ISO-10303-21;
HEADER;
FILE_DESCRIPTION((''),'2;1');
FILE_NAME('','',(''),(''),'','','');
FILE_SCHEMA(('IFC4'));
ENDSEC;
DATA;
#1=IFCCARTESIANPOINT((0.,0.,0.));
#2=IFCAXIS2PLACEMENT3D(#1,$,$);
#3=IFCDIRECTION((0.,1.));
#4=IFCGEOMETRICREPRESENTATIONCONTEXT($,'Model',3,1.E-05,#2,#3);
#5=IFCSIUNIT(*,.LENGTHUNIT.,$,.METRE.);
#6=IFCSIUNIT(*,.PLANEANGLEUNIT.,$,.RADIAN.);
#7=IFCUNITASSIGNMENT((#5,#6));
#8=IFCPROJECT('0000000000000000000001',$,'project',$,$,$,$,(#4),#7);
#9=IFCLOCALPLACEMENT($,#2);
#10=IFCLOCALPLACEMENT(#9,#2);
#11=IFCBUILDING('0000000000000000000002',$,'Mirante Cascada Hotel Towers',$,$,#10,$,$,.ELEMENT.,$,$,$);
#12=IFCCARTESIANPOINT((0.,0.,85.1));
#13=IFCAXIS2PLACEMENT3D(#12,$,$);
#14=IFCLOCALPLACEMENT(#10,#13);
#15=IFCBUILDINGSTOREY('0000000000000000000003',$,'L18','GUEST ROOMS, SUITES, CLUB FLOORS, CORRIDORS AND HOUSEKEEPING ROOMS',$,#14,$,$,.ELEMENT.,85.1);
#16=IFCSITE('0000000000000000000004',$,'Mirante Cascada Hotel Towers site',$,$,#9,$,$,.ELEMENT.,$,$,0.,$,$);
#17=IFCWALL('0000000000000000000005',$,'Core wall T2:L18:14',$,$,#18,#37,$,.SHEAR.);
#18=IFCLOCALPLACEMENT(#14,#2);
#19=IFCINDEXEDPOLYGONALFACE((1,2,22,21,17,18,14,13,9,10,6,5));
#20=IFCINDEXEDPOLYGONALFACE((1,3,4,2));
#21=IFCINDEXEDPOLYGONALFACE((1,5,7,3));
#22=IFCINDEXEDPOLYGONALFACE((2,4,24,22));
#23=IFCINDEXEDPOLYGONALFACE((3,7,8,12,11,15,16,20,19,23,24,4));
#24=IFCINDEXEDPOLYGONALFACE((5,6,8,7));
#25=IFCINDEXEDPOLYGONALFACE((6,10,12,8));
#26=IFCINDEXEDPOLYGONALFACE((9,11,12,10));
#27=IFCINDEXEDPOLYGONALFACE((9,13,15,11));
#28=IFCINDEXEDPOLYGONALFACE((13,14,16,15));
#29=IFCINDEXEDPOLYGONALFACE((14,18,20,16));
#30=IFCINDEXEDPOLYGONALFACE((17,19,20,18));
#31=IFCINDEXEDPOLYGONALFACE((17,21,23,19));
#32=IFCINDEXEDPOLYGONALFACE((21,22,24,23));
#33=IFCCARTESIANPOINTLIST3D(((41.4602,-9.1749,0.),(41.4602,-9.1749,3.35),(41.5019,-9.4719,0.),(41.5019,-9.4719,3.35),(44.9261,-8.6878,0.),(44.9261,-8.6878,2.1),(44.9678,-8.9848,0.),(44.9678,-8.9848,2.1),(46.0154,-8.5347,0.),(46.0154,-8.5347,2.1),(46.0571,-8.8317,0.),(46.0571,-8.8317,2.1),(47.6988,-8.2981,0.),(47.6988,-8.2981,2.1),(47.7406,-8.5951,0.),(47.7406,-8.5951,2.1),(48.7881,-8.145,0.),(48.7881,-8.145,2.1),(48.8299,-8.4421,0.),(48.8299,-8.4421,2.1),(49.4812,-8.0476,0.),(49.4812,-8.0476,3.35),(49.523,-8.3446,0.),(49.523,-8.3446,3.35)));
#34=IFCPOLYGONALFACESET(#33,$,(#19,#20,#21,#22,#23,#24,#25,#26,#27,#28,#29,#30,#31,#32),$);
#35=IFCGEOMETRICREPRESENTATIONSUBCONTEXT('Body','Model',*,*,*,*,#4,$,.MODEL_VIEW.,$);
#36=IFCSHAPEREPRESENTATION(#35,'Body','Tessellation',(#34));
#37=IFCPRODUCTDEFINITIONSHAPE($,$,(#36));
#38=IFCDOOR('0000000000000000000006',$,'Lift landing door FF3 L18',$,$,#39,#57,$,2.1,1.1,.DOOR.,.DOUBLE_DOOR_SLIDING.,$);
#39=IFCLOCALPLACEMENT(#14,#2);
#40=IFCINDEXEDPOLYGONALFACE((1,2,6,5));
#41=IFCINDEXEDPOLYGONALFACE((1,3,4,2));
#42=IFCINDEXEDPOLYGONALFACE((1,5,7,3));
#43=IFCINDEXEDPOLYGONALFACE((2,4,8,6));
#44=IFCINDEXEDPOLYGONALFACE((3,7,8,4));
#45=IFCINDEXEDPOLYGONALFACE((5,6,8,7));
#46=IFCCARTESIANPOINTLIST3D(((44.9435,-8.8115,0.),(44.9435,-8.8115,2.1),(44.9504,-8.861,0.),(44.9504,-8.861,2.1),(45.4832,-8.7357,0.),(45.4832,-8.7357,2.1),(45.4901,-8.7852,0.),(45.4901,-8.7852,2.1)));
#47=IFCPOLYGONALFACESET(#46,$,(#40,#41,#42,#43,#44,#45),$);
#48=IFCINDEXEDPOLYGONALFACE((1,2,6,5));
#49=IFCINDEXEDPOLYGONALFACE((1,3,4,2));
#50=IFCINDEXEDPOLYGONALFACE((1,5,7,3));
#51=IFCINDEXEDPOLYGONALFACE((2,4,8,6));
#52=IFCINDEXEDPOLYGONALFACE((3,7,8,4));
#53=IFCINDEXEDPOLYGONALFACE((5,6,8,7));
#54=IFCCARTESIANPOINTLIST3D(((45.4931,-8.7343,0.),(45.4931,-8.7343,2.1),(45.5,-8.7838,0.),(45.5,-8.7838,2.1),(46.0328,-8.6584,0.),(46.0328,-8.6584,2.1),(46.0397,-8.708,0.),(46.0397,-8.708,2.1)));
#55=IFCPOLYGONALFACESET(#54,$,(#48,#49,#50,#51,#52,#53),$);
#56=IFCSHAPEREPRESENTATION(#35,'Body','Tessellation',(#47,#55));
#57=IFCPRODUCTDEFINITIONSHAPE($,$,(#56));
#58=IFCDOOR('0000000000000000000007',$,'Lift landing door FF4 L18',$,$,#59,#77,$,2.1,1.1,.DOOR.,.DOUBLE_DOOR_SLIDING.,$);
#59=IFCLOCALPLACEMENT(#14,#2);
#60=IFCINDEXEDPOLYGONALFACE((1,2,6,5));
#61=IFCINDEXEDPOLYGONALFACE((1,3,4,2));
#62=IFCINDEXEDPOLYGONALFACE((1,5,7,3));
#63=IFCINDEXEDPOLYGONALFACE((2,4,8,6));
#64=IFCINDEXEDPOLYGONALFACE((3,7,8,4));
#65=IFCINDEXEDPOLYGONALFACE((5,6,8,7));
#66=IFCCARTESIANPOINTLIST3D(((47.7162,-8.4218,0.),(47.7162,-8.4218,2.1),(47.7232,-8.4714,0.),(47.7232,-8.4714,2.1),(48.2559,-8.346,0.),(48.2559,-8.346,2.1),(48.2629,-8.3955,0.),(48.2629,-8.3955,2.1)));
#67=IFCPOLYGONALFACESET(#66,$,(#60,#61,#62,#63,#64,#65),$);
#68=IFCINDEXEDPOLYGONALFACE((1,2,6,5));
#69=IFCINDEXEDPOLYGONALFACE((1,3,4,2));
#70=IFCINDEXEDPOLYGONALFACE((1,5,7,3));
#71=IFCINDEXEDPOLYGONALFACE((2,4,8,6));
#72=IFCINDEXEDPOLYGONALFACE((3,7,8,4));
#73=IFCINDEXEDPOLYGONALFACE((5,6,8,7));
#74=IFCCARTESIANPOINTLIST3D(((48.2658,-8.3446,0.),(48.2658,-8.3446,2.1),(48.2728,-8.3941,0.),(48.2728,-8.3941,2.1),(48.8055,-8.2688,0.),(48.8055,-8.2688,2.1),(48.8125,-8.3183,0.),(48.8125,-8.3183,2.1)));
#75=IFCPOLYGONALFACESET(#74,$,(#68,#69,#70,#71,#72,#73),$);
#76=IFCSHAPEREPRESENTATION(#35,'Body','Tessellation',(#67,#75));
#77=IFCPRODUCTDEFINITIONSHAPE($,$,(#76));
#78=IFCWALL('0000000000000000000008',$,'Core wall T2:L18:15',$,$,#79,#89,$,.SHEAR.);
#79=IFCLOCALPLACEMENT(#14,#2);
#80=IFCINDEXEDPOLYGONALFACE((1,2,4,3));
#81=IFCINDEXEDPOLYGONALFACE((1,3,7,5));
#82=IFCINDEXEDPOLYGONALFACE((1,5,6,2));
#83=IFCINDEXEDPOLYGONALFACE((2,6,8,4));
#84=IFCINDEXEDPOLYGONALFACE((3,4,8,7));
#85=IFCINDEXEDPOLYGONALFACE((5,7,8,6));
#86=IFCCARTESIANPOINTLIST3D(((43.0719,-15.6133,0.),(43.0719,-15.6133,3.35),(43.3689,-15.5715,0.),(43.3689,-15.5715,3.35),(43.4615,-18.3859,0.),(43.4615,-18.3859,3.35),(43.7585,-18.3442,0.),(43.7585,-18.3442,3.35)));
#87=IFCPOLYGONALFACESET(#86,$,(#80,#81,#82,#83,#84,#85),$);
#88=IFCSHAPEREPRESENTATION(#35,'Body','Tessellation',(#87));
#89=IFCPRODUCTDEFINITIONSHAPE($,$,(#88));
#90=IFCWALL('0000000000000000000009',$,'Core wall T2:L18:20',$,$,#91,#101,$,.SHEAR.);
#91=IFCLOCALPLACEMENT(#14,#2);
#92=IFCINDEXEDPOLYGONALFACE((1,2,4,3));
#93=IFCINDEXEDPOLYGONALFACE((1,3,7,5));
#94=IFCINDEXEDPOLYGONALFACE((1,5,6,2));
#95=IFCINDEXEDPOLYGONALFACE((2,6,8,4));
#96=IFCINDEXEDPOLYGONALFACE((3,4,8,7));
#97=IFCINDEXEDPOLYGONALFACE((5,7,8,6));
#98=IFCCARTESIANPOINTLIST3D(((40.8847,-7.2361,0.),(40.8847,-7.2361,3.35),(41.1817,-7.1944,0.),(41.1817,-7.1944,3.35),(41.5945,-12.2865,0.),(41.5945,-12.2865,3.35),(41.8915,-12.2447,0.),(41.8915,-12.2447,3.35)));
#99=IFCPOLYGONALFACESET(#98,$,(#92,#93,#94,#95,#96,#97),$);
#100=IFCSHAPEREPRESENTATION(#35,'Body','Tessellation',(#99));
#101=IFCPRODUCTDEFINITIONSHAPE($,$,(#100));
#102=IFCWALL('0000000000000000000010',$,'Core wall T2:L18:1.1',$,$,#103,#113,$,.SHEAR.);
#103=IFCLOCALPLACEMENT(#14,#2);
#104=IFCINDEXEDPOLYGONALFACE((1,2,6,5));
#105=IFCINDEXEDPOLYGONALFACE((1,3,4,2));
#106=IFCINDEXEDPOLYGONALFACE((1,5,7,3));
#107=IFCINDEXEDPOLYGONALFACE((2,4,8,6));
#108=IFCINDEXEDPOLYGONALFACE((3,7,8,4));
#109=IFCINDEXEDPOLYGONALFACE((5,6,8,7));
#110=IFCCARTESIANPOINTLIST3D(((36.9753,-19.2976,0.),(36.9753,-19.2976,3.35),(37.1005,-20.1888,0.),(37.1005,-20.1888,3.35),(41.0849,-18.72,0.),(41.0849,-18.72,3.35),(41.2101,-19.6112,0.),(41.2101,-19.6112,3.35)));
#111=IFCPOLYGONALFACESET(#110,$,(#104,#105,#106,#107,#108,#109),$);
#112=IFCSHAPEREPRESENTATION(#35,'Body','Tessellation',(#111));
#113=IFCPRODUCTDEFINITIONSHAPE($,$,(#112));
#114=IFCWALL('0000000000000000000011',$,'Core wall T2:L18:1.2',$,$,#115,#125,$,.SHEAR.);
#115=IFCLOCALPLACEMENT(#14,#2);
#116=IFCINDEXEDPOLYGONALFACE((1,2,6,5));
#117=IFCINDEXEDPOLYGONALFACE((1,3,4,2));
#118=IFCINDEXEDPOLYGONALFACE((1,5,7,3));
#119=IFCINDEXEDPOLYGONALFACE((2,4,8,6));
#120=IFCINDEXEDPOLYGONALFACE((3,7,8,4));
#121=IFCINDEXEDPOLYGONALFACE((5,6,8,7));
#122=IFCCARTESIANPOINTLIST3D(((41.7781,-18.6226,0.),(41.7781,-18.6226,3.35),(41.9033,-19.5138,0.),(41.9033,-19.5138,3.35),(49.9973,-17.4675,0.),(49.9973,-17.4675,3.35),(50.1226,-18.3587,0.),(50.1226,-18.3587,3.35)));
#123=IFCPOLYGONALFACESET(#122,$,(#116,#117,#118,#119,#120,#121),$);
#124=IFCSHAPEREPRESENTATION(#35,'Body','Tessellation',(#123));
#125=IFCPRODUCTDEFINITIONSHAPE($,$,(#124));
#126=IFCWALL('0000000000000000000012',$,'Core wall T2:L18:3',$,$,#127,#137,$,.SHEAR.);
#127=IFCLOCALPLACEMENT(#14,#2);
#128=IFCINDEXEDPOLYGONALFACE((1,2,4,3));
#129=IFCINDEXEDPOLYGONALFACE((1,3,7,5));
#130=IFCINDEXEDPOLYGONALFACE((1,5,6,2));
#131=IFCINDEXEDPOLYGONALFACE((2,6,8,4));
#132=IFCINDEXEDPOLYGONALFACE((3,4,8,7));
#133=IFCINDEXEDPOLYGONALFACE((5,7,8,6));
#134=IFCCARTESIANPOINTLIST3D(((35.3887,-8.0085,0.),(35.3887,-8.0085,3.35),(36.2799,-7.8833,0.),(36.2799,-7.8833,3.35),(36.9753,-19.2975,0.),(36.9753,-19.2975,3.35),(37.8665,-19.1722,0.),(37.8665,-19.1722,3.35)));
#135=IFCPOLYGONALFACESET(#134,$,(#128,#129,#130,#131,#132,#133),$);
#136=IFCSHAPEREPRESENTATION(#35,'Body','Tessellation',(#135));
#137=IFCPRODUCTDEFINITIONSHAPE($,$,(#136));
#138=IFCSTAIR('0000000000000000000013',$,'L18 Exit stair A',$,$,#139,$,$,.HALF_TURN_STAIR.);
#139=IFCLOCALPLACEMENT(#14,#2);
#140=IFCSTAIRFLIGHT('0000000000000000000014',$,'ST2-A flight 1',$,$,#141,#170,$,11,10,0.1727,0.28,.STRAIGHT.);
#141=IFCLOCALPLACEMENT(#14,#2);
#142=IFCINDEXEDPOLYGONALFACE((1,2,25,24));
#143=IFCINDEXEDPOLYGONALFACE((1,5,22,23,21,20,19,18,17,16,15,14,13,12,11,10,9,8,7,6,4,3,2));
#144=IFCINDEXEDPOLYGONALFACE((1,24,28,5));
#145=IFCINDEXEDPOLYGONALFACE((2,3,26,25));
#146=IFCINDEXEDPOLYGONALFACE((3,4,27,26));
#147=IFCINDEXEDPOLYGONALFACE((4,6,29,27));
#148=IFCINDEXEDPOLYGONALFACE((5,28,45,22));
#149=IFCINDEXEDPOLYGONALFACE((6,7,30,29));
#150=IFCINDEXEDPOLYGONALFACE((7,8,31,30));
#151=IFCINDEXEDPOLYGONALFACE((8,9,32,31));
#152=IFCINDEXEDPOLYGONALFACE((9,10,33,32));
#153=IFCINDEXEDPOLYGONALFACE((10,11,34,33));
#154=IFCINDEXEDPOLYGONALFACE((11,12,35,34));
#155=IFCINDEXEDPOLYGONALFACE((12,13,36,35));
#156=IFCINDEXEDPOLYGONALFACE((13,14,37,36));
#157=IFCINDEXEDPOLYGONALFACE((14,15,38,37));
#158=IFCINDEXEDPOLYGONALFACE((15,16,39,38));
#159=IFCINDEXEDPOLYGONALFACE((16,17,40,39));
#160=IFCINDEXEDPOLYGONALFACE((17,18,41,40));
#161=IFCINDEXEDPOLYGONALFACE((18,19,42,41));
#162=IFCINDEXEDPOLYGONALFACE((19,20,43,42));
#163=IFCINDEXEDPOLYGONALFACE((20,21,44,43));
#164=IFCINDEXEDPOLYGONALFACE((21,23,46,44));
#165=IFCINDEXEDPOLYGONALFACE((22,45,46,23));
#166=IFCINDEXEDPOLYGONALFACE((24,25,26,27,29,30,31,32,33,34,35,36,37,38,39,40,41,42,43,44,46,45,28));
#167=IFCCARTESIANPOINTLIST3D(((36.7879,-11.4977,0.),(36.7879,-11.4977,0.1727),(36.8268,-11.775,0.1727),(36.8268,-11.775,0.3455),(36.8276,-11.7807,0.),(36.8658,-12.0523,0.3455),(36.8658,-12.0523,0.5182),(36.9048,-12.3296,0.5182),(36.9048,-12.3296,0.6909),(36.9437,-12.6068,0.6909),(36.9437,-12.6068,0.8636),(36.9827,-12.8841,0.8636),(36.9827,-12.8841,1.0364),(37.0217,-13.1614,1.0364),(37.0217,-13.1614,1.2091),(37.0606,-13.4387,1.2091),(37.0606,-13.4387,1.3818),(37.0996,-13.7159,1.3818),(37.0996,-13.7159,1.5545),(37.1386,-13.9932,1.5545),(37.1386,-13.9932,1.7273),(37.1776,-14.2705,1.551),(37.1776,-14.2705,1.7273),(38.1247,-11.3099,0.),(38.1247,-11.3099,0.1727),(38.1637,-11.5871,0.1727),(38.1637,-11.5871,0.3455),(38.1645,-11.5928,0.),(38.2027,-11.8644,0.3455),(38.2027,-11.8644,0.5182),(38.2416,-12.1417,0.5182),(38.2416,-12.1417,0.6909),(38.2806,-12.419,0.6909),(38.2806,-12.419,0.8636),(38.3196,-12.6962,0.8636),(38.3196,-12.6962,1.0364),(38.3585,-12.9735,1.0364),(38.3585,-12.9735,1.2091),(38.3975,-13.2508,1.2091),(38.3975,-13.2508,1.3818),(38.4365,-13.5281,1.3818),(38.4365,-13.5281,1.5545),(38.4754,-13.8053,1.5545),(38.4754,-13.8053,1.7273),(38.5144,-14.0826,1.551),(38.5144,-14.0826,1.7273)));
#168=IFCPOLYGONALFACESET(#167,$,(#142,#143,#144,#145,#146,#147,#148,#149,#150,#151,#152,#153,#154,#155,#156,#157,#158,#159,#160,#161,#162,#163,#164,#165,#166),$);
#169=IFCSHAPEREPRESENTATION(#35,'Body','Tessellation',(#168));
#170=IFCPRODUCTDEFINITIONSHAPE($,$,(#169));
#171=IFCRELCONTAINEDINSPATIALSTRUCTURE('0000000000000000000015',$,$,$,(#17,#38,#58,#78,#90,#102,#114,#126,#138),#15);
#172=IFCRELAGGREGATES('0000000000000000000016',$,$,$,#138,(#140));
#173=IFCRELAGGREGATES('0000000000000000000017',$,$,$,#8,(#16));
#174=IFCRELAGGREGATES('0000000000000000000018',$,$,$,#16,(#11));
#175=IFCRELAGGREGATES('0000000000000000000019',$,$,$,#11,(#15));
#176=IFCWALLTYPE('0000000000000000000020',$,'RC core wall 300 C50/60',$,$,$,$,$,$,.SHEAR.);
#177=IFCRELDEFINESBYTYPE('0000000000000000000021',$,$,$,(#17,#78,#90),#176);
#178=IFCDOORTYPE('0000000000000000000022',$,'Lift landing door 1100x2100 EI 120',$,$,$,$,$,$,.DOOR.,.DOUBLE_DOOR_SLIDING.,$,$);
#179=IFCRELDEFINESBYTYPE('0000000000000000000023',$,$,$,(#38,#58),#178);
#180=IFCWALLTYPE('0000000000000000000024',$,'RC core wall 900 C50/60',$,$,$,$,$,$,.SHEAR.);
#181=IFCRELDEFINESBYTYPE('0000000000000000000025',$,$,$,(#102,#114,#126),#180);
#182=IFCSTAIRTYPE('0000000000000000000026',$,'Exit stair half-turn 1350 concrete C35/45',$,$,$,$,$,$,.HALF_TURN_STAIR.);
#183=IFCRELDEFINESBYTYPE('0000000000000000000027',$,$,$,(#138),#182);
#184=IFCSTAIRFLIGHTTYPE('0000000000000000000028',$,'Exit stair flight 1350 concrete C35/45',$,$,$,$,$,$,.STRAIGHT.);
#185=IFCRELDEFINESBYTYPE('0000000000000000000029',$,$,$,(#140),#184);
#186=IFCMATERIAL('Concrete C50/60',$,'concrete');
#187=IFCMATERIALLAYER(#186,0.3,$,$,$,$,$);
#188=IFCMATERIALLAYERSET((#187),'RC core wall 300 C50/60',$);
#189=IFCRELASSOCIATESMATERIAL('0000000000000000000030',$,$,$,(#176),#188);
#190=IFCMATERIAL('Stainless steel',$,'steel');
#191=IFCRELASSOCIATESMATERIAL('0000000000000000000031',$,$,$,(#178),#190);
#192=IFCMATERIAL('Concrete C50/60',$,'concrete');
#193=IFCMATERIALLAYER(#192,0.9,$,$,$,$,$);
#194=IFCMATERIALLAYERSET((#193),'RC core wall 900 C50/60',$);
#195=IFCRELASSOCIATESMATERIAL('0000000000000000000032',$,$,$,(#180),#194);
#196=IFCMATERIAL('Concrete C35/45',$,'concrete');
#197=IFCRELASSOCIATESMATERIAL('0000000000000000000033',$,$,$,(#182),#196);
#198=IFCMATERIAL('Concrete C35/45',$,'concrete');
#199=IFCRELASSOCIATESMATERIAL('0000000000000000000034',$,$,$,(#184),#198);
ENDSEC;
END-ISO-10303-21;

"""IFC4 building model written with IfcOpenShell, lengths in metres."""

from ifc_helpers import new_model, si_unit, direction, frame, frame_2d, origin, place, context, subcontext, project, spatial, polyline, rectangle, outline, extrude, material, layer, layer_set, type_object, element, fill, aggregate, save


model = new_model("IFC4")

# Units and contexts
model_context = context("Model", 3, precision=1e-05, world=origin(), true_north=direction((0.0, 1.0)))
body_context = subcontext(model_context, "Body", "Model", "MODEL_VIEW")
ifc_project = project(units=[si_unit("LENGTHUNIT", "METRE"), si_unit("PLANEANGLEUNIT", "RADIAN")], contexts=[model_context])

# Site, building, storey
site_placement = place(None, origin())
site = spatial("IfcSite", under=ifc_project, at=site_placement, Name="Mirante Cascada Hotel Towers site", CompositionType="ELEMENT", RefElevation=0.0)
building_placement = place(site_placement, origin())
building = spatial("IfcBuilding", under=site, at=building_placement, Name="Mirante Cascada Hotel Towers", CompositionType="ELEMENT")
storey_placement = place(building_placement, frame((0.0, 0.0, 85.1)))
storey = spatial("IfcBuildingStorey", under=building, at=storey_placement, Name="L18", Description="GUEST ROOMS, SUITES, CLUB FLOORS, CORRIDORS AND HOUSEKEEPING ROOMS", CompositionType="ELEMENT", Elevation=85.1)

# Shared definitions
ifc_material_1 = material(Name="Concrete C50/60", Category="concrete")
ifc_layer_1 = layer(ifc_material_1, 0.3)
ifc_layer_set_1 = layer_set([ifc_layer_1], Name="RC core wall 300 C50/60")
wall_type_1 = type_object("IfcWallType", Name="RC core wall 300 C50/60", PredefinedType="SHEAR", material=ifc_layer_set_1)

# Shared definitions
ifc_material_2 = material(Name="Stainless steel", Category="steel")
door_type_1 = type_object("IfcDoorType", Name="Lift landing door 1100x2100 EI 120", OperationType="DOUBLE_DOOR_SLIDING", PredefinedType="DOOR", material=ifc_material_2)

# Wall, openings, doors
wall_1_placement = place(storey_placement, frame((41.481, -9.3234, 0.0), z_axis=(0.0, 0.0, 1.0), x_axis=(0.990268, 0.139174, 0.0)))
wall_1 = element("IfcWall", 1, at=wall_1_placement, inside=storey, type_object=wall_type_1, Name="Core wall T2:L18:14", PredefinedType="SHEAR", context=body_context, shape_type="SweptSolid", body=[
    extrude(rectangle(XDim=8.0999, YDim=0.3, at=frame_2d((4.05, 0.0))), origin(), (0.0, 0.0, 1.0), 3.35),
])
opening_1_placement = place(wall_1_placement, frame((3.5, 0.0, 0.0)))
opening_1 = element("IfcOpeningElement", 2, at=opening_1_placement, cuts=wall_1, PredefinedType="OPENING", context=body_context, shape_type="SweptSolid", body=[
    extrude(rectangle(XDim=1.1, YDim=2.1, at=frame_2d((0.55, 1.05))), frame((0.0, 0.15, 0.0), z_axis=(0.0, -1.0, 0.0), x_axis=(1.0, 0.0, 0.0)), (0.0, 0.0, 1.0), 0.3),
])
opening_2_placement = place(wall_1_placement, frame((6.3, 0.0, 0.0)))
opening_2 = element("IfcOpeningElement", 3, at=opening_2_placement, cuts=wall_1, PredefinedType="OPENING", context=body_context, shape_type="SweptSolid", body=[
    extrude(rectangle(XDim=1.1, YDim=2.1, at=frame_2d((0.55, 1.05))), frame((0.0, 0.15, 0.0), z_axis=(0.0, -1.0, 0.0), x_axis=(1.0, 0.0, 0.0)), (0.0, 0.0, 1.0), 0.3),
])
door_1_placement = place(opening_1_placement, origin())
door_1 = element("IfcDoor", 4, at=door_1_placement, inside=storey, type_object=door_type_1, Name="Lift landing door FF3 L18", OperationType="DOUBLE_DOOR_SLIDING", OverallHeight=2.1, OverallWidth=1.1, PredefinedType="DOOR", context=body_context, shape_type="SweptSolid", body=[
    extrude(rectangle(XDim=0.545, YDim=2.1, at=frame_2d((0.2725, 1.05))), frame((0.0, 0.025, 0.0), z_axis=(0.0, -1.0, 0.0), x_axis=(1.0, 0.0, 0.0)), (0.0, 0.0, 1.0), 0.05),
    extrude(rectangle(XDim=0.545, YDim=2.1, at=frame_2d((0.8275, 1.05))), frame((0.0, 0.025, 0.0), z_axis=(0.0, -1.0, 0.0), x_axis=(1.0, 0.0, 0.0)), (0.0, 0.0, 1.0), 0.05),
])
fill(opening_1, door_1)
door_2_placement = place(opening_2_placement, origin())
door_2 = element("IfcDoor", 5, at=door_2_placement, inside=storey, type_object=door_type_1, Name="Lift landing door FF4 L18", OperationType="DOUBLE_DOOR_SLIDING", OverallHeight=2.1, OverallWidth=1.1, PredefinedType="DOOR", context=body_context, shape_type="SweptSolid", body=[
    extrude(rectangle(XDim=0.545, YDim=2.1, at=frame_2d((0.2725, 1.05))), frame((0.0, 0.025, 0.0), z_axis=(0.0, -1.0, 0.0), x_axis=(1.0, 0.0, 0.0)), (0.0, 0.0, 1.0), 0.05),
    extrude(rectangle(XDim=0.545, YDim=2.1, at=frame_2d((0.8275, 1.05))), frame((0.0, 0.025, 0.0), z_axis=(0.0, -1.0, 0.0), x_axis=(1.0, 0.0, 0.0)), (0.0, 0.0, 1.0), 0.05),
])
fill(opening_2, door_2)

# Walls
wall_2_placement = place(storey_placement, frame((43.61, -18.3651, 0.0), z_axis=(0.0, 0.0, 1.0), x_axis=(-0.139146, 0.990272, 0.0)))
element("IfcWall", 6, at=wall_2_placement, inside=storey, type_object=wall_type_1, Name="Core wall T2:L18:15", PredefinedType="SHEAR", context=body_context, shape_type="SweptSolid", body=[
    extrude(rectangle(XDim=2.7999, YDim=0.3, at=frame_2d((1.4, 0.0))), origin(), (0.0, 0.0, 1.0), 3.35),
])
wall_3_placement = place(storey_placement, frame((41.743, -12.2656, 0.0), z_axis=(0.0, 0.0, 1.0), x_axis=(-0.139176, 0.990268, 0.0)))
element("IfcWall", 7, at=wall_3_placement, inside=storey, type_object=wall_type_1, Name="Core wall T2:L18:20", PredefinedType="SHEAR", context=body_context, shape_type="SweptSolid", body=[
    extrude(rectangle(XDim=5.1, YDim=0.3, at=frame_2d((2.55, 0.0))), origin(), (0.0, 0.0, 1.0), 3.35),
])
ifc_material_3 = material(Name="Concrete C50/60", Category="concrete")
ifc_layer_2 = layer(ifc_material_3, 0.9)
ifc_layer_set_2 = layer_set([ifc_layer_2], Name="RC core wall 900 C50/60")
wall_type_2 = type_object("IfcWallType", Name="RC core wall 900 C50/60", PredefinedType="SHEAR", material=ifc_layer_set_2)
wall_4_placement = place(storey_placement, frame((37.0379, -19.7432, 0.0), z_axis=(0.0, 0.0, 1.0), x_axis=(0.990267, 0.139181, 0.0)))
element("IfcWall", 8, at=wall_4_placement, inside=storey, type_object=wall_type_2, Name="Core wall T2:L18:1.1", PredefinedType="SHEAR", context=body_context, shape_type="SweptSolid", body=[
    extrude(rectangle(XDim=4.15, YDim=0.9, at=frame_2d((2.075, 0.0))), origin(), (0.0, 0.0, 1.0), 3.35),
])
wall_5_placement = place(storey_placement, frame((41.8407, -19.0682, 0.0), z_axis=(0.0, 0.0, 1.0), x_axis=(0.990269, 0.139169, 0.0)))
element("IfcWall", 9, at=wall_5_placement, inside=storey, type_object=wall_type_2, Name="Core wall T2:L18:1.2", PredefinedType="SHEAR", context=body_context, shape_type="SweptSolid", body=[
    extrude(rectangle(XDim=8.3, YDim=0.9, at=frame_2d((4.15, 0.0))), origin(), (0.0, 0.0, 1.0), 3.35),
])
wall_6_placement = place(storey_placement, frame((37.4209, -19.2349, 0.0), z_axis=(0.0, 0.0, 1.0), x_axis=(-0.139176, 0.990268, 0.0)))
element("IfcWall", 10, at=wall_6_placement, inside=storey, type_object=wall_type_2, Name="Core wall T2:L18:3", PredefinedType="SHEAR", context=body_context, shape_type="SweptSolid", body=[
    extrude(rectangle(XDim=11.3999, YDim=0.9, at=frame_2d((5.7, 0.0))), origin(), (0.0, 0.0, 1.0), 3.35),
])

# Stair, stair flight
ifc_material_4 = material(Name="Concrete C35/45", Category="concrete")
stair_type = type_object("IfcStairType", Name="Exit stair half-turn 1350 concrete C35/45", PredefinedType="HALF_TURN_STAIR", material=ifc_material_4)
stair_placement = place(storey_placement, origin())
stair = element("IfcStair", 11, at=stair_placement, inside=storey, type_object=stair_type, Name="L18 Exit stair A", PredefinedType="HALF_TURN_STAIR")
ifc_material_5 = material(Name="Concrete C35/45", Category="concrete")
stair_flight_type = type_object("IfcStairFlightType", Name="Exit stair flight 1350 concrete C35/45", PredefinedType="STRAIGHT", material=ifc_material_5)
stair_flight_1_placement = place(storey_placement, frame((37.4563, -11.4038, 0.0), z_axis=(0.0, 0.0, 1.0), x_axis=(0.139173, -0.990268, 0.0)))
stair_flight_1 = element("IfcStairFlight", 12, at=stair_flight_1_placement, type_object=stair_flight_type, Name="ST2-A flight 1", NumberOfRisers=11, NumberOfTreads=10, PredefinedType="STRAIGHT", RiserHeight=0.1727, TreadLength=0.28, context=body_context, shape_type="SweptSolid", body=[
    extrude(outline(polyline([(0.0, 0.0), (0.0, 0.1727), (0.28, 0.1727), (0.28, 0.3455), (0.56, 0.3455), (0.56, 0.5182), (0.84, 0.5182), (0.84, 0.6909), (1.12, 0.6909), (1.12, 0.8636), (1.4, 0.8636), (1.4, 1.0364), (1.68, 1.0364), (1.68, 1.2091), (1.96, 1.2091), (1.96, 1.3818), (2.24, 1.3818), (2.24, 1.5545), (2.52, 1.5545), (2.52, 1.7273), (2.8, 1.7273), (2.8, 1.9), (2.8, 1.551), (0.2857, 0.0), (0.0, 0.0)])), frame((0.0, 0.675, 0.0), z_axis=(0.0, -1.0, 0.0), x_axis=(1.0, 0.0, 0.0)), (0.0, 0.0, 1.0), 1.35),
])
aggregate(stair, [stair_flight_1])

save(model, "model.ifc")
